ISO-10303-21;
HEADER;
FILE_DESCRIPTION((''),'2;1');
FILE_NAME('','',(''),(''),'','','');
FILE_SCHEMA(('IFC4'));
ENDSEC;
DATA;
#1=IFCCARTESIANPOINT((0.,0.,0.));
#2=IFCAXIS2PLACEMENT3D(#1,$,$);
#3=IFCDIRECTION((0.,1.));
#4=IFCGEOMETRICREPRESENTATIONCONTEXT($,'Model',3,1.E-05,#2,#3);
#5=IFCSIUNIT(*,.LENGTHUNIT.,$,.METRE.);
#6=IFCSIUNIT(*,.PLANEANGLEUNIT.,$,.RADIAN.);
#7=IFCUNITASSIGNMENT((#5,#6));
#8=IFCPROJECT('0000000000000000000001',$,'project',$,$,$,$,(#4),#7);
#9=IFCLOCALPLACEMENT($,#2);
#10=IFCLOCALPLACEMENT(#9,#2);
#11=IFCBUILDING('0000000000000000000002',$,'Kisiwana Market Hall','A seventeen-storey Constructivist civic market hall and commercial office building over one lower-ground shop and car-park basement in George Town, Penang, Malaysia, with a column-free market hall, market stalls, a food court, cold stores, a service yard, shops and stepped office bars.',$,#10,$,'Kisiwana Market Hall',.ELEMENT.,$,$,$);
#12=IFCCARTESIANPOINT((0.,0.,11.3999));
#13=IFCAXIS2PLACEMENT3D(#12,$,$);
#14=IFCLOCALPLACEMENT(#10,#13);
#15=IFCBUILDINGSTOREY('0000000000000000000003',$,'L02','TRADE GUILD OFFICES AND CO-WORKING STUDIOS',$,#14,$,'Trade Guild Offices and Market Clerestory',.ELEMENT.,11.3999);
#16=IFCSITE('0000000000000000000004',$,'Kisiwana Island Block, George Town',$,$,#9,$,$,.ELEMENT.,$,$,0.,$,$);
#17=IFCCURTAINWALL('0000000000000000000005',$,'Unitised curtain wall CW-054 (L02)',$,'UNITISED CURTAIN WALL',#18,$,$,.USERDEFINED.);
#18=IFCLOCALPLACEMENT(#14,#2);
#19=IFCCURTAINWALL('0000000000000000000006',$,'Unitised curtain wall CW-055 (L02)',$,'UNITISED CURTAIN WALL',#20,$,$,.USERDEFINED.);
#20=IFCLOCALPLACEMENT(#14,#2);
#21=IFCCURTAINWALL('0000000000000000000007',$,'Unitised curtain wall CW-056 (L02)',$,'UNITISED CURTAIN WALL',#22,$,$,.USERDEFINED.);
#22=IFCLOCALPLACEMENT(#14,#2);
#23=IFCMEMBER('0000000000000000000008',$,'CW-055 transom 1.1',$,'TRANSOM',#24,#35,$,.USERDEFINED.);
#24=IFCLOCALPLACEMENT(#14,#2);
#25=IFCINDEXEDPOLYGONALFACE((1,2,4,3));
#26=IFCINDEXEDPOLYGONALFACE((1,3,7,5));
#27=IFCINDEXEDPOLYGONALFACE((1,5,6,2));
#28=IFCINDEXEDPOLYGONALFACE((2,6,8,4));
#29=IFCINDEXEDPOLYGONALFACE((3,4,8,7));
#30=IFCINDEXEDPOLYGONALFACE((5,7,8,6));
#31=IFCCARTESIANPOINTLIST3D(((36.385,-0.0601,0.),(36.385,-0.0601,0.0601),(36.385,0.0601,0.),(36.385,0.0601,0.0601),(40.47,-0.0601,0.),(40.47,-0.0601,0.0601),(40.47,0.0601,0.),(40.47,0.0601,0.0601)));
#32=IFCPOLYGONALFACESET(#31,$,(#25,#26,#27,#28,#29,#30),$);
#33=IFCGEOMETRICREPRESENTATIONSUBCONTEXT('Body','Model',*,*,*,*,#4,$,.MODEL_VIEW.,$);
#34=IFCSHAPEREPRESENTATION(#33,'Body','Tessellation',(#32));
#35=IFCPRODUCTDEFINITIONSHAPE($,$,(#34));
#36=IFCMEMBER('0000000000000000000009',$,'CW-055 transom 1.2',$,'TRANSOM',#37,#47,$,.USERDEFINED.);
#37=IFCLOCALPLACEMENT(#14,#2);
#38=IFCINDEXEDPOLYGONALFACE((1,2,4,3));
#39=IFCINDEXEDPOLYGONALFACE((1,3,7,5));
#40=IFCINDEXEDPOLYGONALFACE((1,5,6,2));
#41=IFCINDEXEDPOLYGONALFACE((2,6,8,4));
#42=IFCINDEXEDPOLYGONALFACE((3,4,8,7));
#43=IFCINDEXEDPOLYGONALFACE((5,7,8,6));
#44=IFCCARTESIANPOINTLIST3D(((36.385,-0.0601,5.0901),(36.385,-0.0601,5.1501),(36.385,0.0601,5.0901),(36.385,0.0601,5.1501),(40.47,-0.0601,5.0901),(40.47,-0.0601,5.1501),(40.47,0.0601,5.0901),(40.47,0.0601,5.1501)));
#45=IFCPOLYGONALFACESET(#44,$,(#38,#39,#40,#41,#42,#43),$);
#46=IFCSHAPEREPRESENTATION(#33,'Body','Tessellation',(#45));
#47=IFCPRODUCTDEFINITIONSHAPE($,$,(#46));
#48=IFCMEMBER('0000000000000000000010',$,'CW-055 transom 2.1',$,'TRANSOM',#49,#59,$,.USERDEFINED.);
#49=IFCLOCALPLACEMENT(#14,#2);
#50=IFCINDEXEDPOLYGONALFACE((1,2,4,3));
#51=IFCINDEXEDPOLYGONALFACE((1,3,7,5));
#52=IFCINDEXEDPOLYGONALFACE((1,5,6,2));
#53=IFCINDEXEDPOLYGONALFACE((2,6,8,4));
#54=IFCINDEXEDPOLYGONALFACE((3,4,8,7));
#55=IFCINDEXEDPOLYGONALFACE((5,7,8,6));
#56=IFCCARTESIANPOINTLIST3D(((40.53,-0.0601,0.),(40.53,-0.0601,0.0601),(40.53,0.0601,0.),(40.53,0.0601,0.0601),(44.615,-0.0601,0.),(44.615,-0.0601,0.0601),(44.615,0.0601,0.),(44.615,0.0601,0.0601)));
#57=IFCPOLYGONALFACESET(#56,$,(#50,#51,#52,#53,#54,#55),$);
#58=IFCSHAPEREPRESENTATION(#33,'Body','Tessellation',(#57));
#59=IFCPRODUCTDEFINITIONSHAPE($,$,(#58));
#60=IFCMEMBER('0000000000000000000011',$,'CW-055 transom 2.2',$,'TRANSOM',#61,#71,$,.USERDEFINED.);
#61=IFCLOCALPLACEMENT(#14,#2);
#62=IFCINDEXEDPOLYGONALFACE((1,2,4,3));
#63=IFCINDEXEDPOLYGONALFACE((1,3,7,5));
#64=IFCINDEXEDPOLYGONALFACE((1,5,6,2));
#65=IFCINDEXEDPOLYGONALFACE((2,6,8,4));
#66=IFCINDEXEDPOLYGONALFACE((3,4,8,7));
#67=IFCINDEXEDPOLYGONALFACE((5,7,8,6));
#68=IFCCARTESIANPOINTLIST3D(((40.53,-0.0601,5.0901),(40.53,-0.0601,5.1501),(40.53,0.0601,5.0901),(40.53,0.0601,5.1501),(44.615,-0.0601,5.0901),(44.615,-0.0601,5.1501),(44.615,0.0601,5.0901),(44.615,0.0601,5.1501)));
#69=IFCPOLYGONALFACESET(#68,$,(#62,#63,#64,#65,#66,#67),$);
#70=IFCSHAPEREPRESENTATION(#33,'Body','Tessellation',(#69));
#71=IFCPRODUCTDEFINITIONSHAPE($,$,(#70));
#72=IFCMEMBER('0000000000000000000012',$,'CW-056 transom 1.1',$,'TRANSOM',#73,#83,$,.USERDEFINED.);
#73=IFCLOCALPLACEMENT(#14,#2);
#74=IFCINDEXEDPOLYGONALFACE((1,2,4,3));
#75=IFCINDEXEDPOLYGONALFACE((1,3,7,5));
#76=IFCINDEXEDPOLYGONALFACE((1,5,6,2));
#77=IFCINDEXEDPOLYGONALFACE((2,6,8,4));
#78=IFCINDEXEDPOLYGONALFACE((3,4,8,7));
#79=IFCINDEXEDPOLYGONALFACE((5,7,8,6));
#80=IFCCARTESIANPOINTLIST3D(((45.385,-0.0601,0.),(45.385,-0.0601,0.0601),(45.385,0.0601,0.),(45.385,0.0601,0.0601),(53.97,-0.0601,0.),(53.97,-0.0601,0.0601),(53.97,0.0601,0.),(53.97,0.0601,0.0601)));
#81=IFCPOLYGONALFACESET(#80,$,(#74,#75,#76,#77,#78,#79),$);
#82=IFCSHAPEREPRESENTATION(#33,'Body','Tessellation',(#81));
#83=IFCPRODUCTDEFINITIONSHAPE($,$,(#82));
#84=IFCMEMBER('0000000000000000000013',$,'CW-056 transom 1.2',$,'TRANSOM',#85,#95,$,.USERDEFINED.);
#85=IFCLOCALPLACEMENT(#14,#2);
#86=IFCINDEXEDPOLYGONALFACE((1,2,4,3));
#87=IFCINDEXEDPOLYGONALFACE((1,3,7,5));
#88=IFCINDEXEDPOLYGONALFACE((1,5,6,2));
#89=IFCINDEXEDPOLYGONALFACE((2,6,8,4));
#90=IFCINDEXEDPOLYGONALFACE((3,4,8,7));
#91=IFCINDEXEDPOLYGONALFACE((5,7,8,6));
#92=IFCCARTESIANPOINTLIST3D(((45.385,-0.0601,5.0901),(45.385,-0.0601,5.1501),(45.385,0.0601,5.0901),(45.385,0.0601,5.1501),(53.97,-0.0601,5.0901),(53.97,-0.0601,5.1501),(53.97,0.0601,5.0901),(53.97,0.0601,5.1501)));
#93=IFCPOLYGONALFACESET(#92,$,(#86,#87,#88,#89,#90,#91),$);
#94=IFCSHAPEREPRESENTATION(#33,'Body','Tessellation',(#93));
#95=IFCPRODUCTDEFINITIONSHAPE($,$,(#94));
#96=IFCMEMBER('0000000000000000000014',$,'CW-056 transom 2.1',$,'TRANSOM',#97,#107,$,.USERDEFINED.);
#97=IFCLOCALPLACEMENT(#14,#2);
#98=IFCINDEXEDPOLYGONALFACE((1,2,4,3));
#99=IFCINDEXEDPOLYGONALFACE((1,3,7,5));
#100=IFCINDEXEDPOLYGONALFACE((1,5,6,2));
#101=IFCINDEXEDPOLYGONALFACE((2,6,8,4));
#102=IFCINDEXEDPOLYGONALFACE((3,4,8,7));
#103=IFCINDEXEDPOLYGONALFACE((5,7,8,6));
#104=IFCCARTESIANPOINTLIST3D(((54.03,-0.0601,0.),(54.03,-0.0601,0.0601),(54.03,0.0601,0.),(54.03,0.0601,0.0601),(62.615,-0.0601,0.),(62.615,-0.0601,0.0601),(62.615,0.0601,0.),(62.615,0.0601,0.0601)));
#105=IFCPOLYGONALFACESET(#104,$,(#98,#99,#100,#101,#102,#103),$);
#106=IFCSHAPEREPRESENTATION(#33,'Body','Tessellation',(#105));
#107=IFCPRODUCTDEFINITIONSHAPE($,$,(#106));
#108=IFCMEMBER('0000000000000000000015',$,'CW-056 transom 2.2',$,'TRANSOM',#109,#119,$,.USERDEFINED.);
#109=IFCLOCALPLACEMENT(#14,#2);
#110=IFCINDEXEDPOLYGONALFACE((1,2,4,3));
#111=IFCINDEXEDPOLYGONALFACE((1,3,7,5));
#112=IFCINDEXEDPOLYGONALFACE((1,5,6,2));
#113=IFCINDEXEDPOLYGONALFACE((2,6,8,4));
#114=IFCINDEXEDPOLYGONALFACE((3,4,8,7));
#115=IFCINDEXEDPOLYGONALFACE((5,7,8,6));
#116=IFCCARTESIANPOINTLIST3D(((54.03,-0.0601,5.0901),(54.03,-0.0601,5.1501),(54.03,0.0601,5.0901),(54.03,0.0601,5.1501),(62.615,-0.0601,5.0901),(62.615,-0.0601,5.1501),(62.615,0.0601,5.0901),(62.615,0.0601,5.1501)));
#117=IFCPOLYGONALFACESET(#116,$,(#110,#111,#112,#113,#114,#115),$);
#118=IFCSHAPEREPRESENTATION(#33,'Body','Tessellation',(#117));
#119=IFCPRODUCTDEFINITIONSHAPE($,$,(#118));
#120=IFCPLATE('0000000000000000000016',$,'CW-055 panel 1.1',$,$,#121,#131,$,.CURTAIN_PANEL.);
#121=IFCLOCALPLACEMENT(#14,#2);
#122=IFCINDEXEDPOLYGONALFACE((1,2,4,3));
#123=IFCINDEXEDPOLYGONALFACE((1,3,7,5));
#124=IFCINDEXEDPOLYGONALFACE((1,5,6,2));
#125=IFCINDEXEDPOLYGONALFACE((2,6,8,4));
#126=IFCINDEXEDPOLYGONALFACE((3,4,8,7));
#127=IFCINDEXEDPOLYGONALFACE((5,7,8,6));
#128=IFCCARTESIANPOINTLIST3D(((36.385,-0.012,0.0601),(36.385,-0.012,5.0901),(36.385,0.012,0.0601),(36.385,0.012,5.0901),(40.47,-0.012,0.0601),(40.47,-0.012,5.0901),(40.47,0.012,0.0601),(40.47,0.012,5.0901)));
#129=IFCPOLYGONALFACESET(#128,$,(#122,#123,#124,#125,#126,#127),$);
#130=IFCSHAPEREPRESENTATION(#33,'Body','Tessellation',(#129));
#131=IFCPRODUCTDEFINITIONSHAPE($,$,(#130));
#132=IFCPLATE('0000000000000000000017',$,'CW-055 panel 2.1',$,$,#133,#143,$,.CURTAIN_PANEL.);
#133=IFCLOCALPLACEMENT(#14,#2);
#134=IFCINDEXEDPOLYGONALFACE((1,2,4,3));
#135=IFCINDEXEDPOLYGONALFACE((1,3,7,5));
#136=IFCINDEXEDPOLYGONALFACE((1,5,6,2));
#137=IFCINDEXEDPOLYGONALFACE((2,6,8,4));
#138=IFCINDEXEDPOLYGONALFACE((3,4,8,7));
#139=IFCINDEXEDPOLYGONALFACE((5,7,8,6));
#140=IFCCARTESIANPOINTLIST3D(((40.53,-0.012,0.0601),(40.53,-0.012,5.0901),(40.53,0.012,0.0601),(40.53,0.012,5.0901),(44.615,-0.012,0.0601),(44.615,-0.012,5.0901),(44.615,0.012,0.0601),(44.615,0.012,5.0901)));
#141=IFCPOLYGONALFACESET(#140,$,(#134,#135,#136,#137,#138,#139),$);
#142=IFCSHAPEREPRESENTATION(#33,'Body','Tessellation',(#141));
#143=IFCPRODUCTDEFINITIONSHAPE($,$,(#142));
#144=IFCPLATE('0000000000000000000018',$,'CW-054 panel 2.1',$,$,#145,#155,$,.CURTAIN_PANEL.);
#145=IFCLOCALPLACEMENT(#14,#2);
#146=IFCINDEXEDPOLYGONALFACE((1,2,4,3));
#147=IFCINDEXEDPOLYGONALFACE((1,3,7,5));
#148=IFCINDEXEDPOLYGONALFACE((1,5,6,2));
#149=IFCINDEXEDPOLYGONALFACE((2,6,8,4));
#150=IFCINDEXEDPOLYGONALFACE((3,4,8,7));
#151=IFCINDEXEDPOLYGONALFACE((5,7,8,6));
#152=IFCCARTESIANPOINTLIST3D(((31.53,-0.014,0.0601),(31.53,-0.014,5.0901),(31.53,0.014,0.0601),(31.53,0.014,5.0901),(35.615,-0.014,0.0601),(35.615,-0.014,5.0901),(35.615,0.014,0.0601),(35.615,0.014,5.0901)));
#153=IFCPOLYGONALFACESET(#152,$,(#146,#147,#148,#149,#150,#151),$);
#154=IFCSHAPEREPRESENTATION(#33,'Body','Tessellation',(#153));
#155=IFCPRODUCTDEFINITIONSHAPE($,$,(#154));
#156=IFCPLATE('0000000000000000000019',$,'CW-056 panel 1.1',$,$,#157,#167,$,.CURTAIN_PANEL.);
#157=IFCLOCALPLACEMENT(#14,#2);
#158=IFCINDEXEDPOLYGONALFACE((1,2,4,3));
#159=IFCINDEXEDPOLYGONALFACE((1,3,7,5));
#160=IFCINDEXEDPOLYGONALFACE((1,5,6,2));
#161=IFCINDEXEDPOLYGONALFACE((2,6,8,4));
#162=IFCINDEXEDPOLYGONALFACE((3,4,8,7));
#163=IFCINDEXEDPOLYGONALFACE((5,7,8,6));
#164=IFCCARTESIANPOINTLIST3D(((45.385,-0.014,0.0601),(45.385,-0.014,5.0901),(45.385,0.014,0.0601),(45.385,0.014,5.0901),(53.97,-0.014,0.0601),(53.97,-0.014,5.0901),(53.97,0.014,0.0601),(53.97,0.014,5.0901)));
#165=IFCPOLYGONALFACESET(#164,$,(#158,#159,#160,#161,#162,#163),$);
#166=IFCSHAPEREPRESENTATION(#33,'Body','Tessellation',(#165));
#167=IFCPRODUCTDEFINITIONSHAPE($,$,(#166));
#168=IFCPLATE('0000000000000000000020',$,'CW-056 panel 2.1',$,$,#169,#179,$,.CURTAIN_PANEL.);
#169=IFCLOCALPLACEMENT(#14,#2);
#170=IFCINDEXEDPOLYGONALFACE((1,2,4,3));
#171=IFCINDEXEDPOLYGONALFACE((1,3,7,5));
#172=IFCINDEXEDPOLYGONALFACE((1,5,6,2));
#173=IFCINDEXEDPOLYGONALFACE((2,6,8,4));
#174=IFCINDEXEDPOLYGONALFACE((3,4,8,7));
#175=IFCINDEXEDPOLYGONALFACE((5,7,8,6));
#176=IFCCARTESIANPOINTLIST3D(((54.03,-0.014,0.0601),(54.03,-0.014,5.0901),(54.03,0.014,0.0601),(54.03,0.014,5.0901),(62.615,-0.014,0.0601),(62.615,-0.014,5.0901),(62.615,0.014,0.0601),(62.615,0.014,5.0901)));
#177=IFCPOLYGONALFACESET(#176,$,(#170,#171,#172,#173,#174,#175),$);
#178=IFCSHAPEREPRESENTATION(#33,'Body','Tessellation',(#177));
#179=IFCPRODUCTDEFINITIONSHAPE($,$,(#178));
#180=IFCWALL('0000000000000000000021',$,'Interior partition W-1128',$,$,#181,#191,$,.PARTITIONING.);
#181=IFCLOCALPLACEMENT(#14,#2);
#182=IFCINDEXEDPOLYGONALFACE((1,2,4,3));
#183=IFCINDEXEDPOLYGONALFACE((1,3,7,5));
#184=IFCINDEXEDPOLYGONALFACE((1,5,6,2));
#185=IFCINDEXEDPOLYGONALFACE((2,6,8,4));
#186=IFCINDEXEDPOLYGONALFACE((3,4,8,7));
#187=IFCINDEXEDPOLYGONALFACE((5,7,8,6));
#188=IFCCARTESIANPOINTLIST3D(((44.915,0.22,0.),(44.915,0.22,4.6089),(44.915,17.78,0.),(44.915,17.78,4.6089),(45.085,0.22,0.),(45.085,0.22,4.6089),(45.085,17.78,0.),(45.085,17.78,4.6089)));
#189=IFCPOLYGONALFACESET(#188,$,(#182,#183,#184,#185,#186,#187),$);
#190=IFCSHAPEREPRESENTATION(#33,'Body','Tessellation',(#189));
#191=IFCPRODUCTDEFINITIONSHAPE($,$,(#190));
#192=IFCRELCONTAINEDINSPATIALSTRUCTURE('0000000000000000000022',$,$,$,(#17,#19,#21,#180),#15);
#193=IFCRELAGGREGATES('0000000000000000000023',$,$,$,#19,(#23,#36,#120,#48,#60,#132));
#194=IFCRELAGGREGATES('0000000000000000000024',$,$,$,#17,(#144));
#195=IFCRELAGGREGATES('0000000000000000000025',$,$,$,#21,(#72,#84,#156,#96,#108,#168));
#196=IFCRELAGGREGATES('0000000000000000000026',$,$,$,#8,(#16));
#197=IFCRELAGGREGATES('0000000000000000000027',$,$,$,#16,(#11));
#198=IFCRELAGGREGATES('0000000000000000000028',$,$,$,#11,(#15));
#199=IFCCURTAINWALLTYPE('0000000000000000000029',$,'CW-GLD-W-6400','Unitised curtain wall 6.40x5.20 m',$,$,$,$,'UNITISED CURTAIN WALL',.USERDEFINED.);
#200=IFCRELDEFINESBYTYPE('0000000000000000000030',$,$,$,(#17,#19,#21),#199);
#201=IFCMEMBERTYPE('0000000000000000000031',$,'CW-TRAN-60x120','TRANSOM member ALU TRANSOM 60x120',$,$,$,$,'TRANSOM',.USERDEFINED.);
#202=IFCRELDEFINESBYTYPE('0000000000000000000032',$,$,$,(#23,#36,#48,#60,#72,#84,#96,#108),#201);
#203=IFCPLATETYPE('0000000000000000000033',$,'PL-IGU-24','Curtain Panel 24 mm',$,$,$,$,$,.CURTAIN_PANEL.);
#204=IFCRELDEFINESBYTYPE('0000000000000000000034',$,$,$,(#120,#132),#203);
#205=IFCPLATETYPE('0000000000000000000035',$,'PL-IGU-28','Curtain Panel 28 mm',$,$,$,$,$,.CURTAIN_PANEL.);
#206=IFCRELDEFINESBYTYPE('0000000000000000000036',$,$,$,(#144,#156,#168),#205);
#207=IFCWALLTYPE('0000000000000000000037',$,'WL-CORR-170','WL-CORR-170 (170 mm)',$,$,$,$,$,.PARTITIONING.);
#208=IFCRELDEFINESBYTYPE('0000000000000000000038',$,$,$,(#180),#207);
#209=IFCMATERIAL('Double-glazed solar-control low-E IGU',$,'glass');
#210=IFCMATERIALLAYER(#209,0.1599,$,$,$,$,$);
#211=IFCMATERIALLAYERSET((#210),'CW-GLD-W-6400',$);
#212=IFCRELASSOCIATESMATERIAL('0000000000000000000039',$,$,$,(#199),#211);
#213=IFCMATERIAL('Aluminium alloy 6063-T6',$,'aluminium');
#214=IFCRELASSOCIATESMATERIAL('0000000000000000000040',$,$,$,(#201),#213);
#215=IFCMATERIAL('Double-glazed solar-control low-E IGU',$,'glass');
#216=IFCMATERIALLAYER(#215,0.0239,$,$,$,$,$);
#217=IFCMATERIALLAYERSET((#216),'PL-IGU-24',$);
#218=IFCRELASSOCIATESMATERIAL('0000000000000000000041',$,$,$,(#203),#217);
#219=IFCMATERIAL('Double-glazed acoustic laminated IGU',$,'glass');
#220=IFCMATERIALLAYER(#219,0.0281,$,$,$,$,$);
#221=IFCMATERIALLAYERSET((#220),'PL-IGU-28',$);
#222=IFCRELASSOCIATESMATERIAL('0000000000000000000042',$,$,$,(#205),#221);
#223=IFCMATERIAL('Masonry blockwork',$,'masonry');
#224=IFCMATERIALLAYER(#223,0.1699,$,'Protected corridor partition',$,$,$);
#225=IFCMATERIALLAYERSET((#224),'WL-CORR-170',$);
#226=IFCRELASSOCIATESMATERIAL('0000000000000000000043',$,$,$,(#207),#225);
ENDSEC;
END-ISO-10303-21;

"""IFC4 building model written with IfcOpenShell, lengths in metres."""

from ifc_helpers import new_model, si_unit, direction, frame, frame_2d, origin, origin_2d, place, context, subcontext, project, spatial, rectangle, extrude, material, layer, layer_set, material_profile, profile_set, type_object, element, aggregate, save


model = new_model("IFC4")

# Units and contexts
model_context = context("Model", 3, precision=1e-05, world=origin(), true_north=direction((0.0, 1.0)))
body_context = subcontext(model_context, "Body", "Model", "MODEL_VIEW")
ifc_project = project(units=[si_unit("LENGTHUNIT", "METRE"), si_unit("PLANEANGLEUNIT", "RADIAN")], contexts=[model_context])

# Site, building, storey
site_placement = place(None, origin())
site = spatial("IfcSite", under=ifc_project, at=site_placement, Name="Kisiwana Island Block, George Town", CompositionType="ELEMENT", RefElevation=0.0)
building_placement = place(site_placement, origin())
building = spatial("IfcBuilding", under=site, at=building_placement, Name="Kisiwana Market Hall", Description="A seventeen-storey Constructivist civic market hall and commercial office building over one lower-ground shop and car-park basement in George Town, Penang, Malaysia, with a column-free market hall, market stalls, a food court, cold stores, a service yard, shops and stepped office bars.", LongName="Kisiwana Market Hall", CompositionType="ELEMENT")
storey_placement = place(building_placement, frame((0.0, 0.0, 11.3999)))
storey = spatial("IfcBuildingStorey", under=building, at=storey_placement, Name="L02", Description="TRADE GUILD OFFICES AND CO-WORKING STUDIOS", LongName="Trade Guild Offices and Market Clerestory", CompositionType="ELEMENT", Elevation=11.3999)

# Curtain wall
ifc_material_1 = material(Name="Double-glazed solar-control low-E IGU", Category="glass")
ifc_layer_1 = layer(ifc_material_1, 0.1599)
ifc_layer_set_1 = layer_set([ifc_layer_1], Name="CW-GLD-W-6400")
curtain_wall_type = type_object("IfcCurtainWallType", Name="CW-GLD-W-6400", Description="Unitised curtain wall 6.40x5.20 m", ElementType="UNITISED CURTAIN WALL", PredefinedType="USERDEFINED", material=ifc_layer_set_1)
curtain_wall_1_placement = place(storey_placement, origin())
curtain_wall_1 = element("IfcCurtainWall", 1, at=curtain_wall_1_placement, inside=storey, type_object=curtain_wall_type, Name="Unitised curtain wall CW-054 (L02)", ObjectType="UNITISED CURTAIN WALL", PredefinedType="USERDEFINED")

# Curtain walls
curtain_wall_2_placement = place(storey_placement, origin())
curtain_wall_2 = element("IfcCurtainWall", 2, at=curtain_wall_2_placement, inside=storey, type_object=curtain_wall_type, Name="Unitised curtain wall CW-055 (L02)", ObjectType="UNITISED CURTAIN WALL", PredefinedType="USERDEFINED")
curtain_wall_3_placement = place(storey_placement, origin())
curtain_wall_3 = element("IfcCurtainWall", 3, at=curtain_wall_3_placement, inside=storey, type_object=curtain_wall_type, Name="Unitised curtain wall CW-056 (L02)", ObjectType="UNITISED CURTAIN WALL", PredefinedType="USERDEFINED")

# Members
ifc_material_2 = material(Name="Aluminium alloy 6063-T6", Category="aluminium")
ifc_material_profile_1 = material_profile(ifc_material_2, rectangle(XDim=0.1201, YDim=0.0601, at=origin_2d()), Name="ALU TRANSOM 60x120")
ifc_profile_set_1 = profile_set([ifc_material_profile_1], Name="Aluminium alloy 6063-T6")
member_type_1 = type_object("IfcMemberType", Name="CW-TRAN-60x120", Description="TRANSOM member ALU TRANSOM 60x120", ElementType="TRANSOM", PredefinedType="USERDEFINED", material=ifc_profile_set_1)
member_1_placement = place(storey_placement, frame((36.385, 0.0, 0.03), z_axis=(1.0, 0.0, 0.0), x_axis=(0.0, 1.0, 0.0)))
member_1 = element("IfcMember", 4, at=member_1_placement, type_object=member_type_1, Name="CW-055 transom 1.1", ObjectType="TRANSOM", PredefinedType="USERDEFINED", context=body_context, shape_type="SweptSolid", body=[
    extrude(rectangle(XDim=0.1201, YDim=0.0601, at=origin_2d()), origin(), (0.0, 0.0, 1.0), 4.085),
])
member_2_placement = place(storey_placement, frame((36.385, 0.0, 5.1201), z_axis=(1.0, 0.0, 0.0), x_axis=(0.0, 1.0, 0.0)))
member_2 = element("IfcMember", 5, at=member_2_placement, type_object=member_type_1, Name="CW-055 transom 1.2", ObjectType="TRANSOM", PredefinedType="USERDEFINED", context=body_context, shape_type="SweptSolid", body=[
    extrude(rectangle(XDim=0.1201, YDim=0.0601, at=origin_2d()), origin(), (0.0, 0.0, 1.0), 4.085),
])
member_3_placement = place(storey_placement, frame((40.53, 0.0, 0.03), z_axis=(1.0, 0.0, 0.0), x_axis=(0.0, 1.0, 0.0)))
member_3 = element("IfcMember", 6, at=member_3_placement, type_object=member_type_1, Name="CW-055 transom 2.1", ObjectType="TRANSOM", PredefinedType="USERDEFINED", context=body_context, shape_type="SweptSolid", body=[
    extrude(rectangle(XDim=0.1201, YDim=0.0601, at=origin_2d()), origin(), (0.0, 0.0, 1.0), 4.085),
])
member_4_placement = place(storey_placement, frame((40.53, 0.0, 5.1201), z_axis=(1.0, 0.0, 0.0), x_axis=(0.0, 1.0, 0.0)))
member_4 = element("IfcMember", 7, at=member_4_placement, type_object=member_type_1, Name="CW-055 transom 2.2", ObjectType="TRANSOM", PredefinedType="USERDEFINED", context=body_context, shape_type="SweptSolid", body=[
    extrude(rectangle(XDim=0.1201, YDim=0.0601, at=origin_2d()), origin(), (0.0, 0.0, 1.0), 4.085),
])
member_5_placement = place(storey_placement, frame((45.385, 0.0, 0.03), z_axis=(1.0, 0.0, 0.0), x_axis=(0.0, 1.0, 0.0)))
member_5 = element("IfcMember", 8, at=member_5_placement, type_object=member_type_1, Name="CW-056 transom 1.1", ObjectType="TRANSOM", PredefinedType="USERDEFINED", context=body_context, shape_type="SweptSolid", body=[
    extrude(rectangle(XDim=0.1201, YDim=0.0601, at=origin_2d()), origin(), (0.0, 0.0, 1.0), 8.585),
])
member_6_placement = place(storey_placement, frame((45.385, 0.0, 5.1201), z_axis=(1.0, 0.0, 0.0), x_axis=(0.0, 1.0, 0.0)))
member_6 = element("IfcMember", 9, at=member_6_placement, type_object=member_type_1, Name="CW-056 transom 1.2", ObjectType="TRANSOM", PredefinedType="USERDEFINED", context=body_context, shape_type="SweptSolid", body=[
    extrude(rectangle(XDim=0.1201, YDim=0.0601, at=origin_2d()), origin(), (0.0, 0.0, 1.0), 8.585),
])
member_7_placement = place(storey_placement, frame((54.03, 0.0, 0.03), z_axis=(1.0, 0.0, 0.0), x_axis=(0.0, 1.0, 0.0)))
member_7 = element("IfcMember", 10, at=member_7_placement, type_object=member_type_1, Name="CW-056 transom 2.1", ObjectType="TRANSOM", PredefinedType="USERDEFINED", context=body_context, shape_type="SweptSolid", body=[
    extrude(rectangle(XDim=0.1201, YDim=0.0601, at=origin_2d()), origin(), (0.0, 0.0, 1.0), 8.585),
])
member_8_placement = place(storey_placement, frame((54.03, 0.0, 5.1201), z_axis=(1.0, 0.0, 0.0), x_axis=(0.0, 1.0, 0.0)))
member_8 = element("IfcMember", 11, at=member_8_placement, type_object=member_type_1, Name="CW-056 transom 2.2", ObjectType="TRANSOM", PredefinedType="USERDEFINED", context=body_context, shape_type="SweptSolid", body=[
    extrude(rectangle(XDim=0.1201, YDim=0.0601, at=origin_2d()), origin(), (0.0, 0.0, 1.0), 8.585),
])

# Plates
ifc_material_3 = material(Name="Double-glazed solar-control low-E IGU", Category="glass")
ifc_layer_2 = layer(ifc_material_3, 0.0239)
ifc_layer_set_2 = layer_set([ifc_layer_2], Name="PL-IGU-24")
plate_type_1 = type_object("IfcPlateType", Name="PL-IGU-24", Description="Curtain Panel 24 mm", PredefinedType="CURTAIN_PANEL", material=ifc_layer_set_2)
plate_1_placement = place(storey_placement, frame((38.4275, 0.0, 0.0601), z_axis=(0.0, 0.0, 1.0), x_axis=(1.0, 0.0, 0.0)))
plate_1 = element("IfcPlate", 12, at=plate_1_placement, type_object=plate_type_1, Name="CW-055 panel 1.1", PredefinedType="CURTAIN_PANEL", context=body_context, shape_type="SweptSolid", body=[
    extrude(rectangle(XDim=4.085, YDim=0.0239, at=origin_2d()), origin(), (0.0, 0.0, 1.0), 5.03),
])
plate_2_placement = place(storey_placement, frame((42.5725, 0.0, 0.0601), z_axis=(0.0, 0.0, 1.0), x_axis=(1.0, 0.0, 0.0)))
plate_2 = element("IfcPlate", 13, at=plate_2_placement, type_object=plate_type_1, Name="CW-055 panel 2.1", PredefinedType="CURTAIN_PANEL", context=body_context, shape_type="SweptSolid", body=[
    extrude(rectangle(XDim=4.085, YDim=0.0239, at=origin_2d()), origin(), (0.0, 0.0, 1.0), 5.03),
])
aggregate(curtain_wall_2, [member_1, member_2, plate_1, member_3, member_4, plate_2])
ifc_material_4 = material(Name="Double-glazed acoustic laminated IGU", Category="glass")
ifc_layer_3 = layer(ifc_material_4, 0.0281)
ifc_layer_set_3 = layer_set([ifc_layer_3], Name="PL-IGU-28")
plate_type_2 = type_object("IfcPlateType", Name="PL-IGU-28", Description="Curtain Panel 28 mm", PredefinedType="CURTAIN_PANEL", material=ifc_layer_set_3)
plate_3_placement = place(storey_placement, frame((33.5725, 0.0, 0.0601), z_axis=(0.0, 0.0, 1.0), x_axis=(1.0, 0.0, 0.0)))
plate_3 = element("IfcPlate", 14, at=plate_3_placement, type_object=plate_type_2, Name="CW-054 panel 2.1", PredefinedType="CURTAIN_PANEL", context=body_context, shape_type="SweptSolid", body=[
    extrude(rectangle(XDim=4.085, YDim=0.0281, at=origin_2d()), origin(), (0.0, 0.0, 1.0), 5.03),
])
aggregate(curtain_wall_1, [plate_3])
plate_4_placement = place(storey_placement, frame((49.6775, 0.0, 0.0601), z_axis=(0.0, 0.0, 1.0), x_axis=(1.0, 0.0, 0.0)))
plate_4 = element("IfcPlate", 15, at=plate_4_placement, type_object=plate_type_2, Name="CW-056 panel 1.1", PredefinedType="CURTAIN_PANEL", context=body_context, shape_type="SweptSolid", body=[
    extrude(rectangle(XDim=8.585, YDim=0.0281, at=origin_2d()), origin(), (0.0, 0.0, 1.0), 5.03),
])
plate_5_placement = place(storey_placement, frame((58.3225, 0.0, 0.0601), z_axis=(0.0, 0.0, 1.0), x_axis=(1.0, 0.0, 0.0)))
plate_5 = element("IfcPlate", 16, at=plate_5_placement, type_object=plate_type_2, Name="CW-056 panel 2.1", PredefinedType="CURTAIN_PANEL", context=body_context, shape_type="SweptSolid", body=[
    extrude(rectangle(XDim=8.585, YDim=0.0281, at=origin_2d()), origin(), (0.0, 0.0, 1.0), 5.03),
])
aggregate(curtain_wall_3, [member_5, member_6, plate_4, member_7, member_8, plate_5])

# Wall
ifc_material_5 = material(Name="Masonry blockwork", Category="masonry")
ifc_layer_4 = layer(ifc_material_5, 0.1699, Name="Protected corridor partition")
ifc_layer_set_4 = layer_set([ifc_layer_4], Name="WL-CORR-170")
wall_type = type_object("IfcWallType", Name="WL-CORR-170", Description="WL-CORR-170 (170 mm)", PredefinedType="PARTITIONING", material=ifc_layer_set_4)
wall_placement = place(storey_placement, frame((45.0, 0.22, 0.0), z_axis=(0.0, 0.0, 1.0), x_axis=(0.0, 1.0, 0.0)))
element("IfcWall", 17, at=wall_placement, inside=storey, type_object=wall_type, Name="Interior partition W-1128", PredefinedType="PARTITIONING", context=body_context, shape_type="SweptSolid", body=[
    extrude(rectangle(XDim=17.5601, YDim=0.1699, at=frame_2d((8.78, 0.0))), origin(), (0.0, 0.0, 1.0), 4.6089),
])

save(model, "model.ifc")
